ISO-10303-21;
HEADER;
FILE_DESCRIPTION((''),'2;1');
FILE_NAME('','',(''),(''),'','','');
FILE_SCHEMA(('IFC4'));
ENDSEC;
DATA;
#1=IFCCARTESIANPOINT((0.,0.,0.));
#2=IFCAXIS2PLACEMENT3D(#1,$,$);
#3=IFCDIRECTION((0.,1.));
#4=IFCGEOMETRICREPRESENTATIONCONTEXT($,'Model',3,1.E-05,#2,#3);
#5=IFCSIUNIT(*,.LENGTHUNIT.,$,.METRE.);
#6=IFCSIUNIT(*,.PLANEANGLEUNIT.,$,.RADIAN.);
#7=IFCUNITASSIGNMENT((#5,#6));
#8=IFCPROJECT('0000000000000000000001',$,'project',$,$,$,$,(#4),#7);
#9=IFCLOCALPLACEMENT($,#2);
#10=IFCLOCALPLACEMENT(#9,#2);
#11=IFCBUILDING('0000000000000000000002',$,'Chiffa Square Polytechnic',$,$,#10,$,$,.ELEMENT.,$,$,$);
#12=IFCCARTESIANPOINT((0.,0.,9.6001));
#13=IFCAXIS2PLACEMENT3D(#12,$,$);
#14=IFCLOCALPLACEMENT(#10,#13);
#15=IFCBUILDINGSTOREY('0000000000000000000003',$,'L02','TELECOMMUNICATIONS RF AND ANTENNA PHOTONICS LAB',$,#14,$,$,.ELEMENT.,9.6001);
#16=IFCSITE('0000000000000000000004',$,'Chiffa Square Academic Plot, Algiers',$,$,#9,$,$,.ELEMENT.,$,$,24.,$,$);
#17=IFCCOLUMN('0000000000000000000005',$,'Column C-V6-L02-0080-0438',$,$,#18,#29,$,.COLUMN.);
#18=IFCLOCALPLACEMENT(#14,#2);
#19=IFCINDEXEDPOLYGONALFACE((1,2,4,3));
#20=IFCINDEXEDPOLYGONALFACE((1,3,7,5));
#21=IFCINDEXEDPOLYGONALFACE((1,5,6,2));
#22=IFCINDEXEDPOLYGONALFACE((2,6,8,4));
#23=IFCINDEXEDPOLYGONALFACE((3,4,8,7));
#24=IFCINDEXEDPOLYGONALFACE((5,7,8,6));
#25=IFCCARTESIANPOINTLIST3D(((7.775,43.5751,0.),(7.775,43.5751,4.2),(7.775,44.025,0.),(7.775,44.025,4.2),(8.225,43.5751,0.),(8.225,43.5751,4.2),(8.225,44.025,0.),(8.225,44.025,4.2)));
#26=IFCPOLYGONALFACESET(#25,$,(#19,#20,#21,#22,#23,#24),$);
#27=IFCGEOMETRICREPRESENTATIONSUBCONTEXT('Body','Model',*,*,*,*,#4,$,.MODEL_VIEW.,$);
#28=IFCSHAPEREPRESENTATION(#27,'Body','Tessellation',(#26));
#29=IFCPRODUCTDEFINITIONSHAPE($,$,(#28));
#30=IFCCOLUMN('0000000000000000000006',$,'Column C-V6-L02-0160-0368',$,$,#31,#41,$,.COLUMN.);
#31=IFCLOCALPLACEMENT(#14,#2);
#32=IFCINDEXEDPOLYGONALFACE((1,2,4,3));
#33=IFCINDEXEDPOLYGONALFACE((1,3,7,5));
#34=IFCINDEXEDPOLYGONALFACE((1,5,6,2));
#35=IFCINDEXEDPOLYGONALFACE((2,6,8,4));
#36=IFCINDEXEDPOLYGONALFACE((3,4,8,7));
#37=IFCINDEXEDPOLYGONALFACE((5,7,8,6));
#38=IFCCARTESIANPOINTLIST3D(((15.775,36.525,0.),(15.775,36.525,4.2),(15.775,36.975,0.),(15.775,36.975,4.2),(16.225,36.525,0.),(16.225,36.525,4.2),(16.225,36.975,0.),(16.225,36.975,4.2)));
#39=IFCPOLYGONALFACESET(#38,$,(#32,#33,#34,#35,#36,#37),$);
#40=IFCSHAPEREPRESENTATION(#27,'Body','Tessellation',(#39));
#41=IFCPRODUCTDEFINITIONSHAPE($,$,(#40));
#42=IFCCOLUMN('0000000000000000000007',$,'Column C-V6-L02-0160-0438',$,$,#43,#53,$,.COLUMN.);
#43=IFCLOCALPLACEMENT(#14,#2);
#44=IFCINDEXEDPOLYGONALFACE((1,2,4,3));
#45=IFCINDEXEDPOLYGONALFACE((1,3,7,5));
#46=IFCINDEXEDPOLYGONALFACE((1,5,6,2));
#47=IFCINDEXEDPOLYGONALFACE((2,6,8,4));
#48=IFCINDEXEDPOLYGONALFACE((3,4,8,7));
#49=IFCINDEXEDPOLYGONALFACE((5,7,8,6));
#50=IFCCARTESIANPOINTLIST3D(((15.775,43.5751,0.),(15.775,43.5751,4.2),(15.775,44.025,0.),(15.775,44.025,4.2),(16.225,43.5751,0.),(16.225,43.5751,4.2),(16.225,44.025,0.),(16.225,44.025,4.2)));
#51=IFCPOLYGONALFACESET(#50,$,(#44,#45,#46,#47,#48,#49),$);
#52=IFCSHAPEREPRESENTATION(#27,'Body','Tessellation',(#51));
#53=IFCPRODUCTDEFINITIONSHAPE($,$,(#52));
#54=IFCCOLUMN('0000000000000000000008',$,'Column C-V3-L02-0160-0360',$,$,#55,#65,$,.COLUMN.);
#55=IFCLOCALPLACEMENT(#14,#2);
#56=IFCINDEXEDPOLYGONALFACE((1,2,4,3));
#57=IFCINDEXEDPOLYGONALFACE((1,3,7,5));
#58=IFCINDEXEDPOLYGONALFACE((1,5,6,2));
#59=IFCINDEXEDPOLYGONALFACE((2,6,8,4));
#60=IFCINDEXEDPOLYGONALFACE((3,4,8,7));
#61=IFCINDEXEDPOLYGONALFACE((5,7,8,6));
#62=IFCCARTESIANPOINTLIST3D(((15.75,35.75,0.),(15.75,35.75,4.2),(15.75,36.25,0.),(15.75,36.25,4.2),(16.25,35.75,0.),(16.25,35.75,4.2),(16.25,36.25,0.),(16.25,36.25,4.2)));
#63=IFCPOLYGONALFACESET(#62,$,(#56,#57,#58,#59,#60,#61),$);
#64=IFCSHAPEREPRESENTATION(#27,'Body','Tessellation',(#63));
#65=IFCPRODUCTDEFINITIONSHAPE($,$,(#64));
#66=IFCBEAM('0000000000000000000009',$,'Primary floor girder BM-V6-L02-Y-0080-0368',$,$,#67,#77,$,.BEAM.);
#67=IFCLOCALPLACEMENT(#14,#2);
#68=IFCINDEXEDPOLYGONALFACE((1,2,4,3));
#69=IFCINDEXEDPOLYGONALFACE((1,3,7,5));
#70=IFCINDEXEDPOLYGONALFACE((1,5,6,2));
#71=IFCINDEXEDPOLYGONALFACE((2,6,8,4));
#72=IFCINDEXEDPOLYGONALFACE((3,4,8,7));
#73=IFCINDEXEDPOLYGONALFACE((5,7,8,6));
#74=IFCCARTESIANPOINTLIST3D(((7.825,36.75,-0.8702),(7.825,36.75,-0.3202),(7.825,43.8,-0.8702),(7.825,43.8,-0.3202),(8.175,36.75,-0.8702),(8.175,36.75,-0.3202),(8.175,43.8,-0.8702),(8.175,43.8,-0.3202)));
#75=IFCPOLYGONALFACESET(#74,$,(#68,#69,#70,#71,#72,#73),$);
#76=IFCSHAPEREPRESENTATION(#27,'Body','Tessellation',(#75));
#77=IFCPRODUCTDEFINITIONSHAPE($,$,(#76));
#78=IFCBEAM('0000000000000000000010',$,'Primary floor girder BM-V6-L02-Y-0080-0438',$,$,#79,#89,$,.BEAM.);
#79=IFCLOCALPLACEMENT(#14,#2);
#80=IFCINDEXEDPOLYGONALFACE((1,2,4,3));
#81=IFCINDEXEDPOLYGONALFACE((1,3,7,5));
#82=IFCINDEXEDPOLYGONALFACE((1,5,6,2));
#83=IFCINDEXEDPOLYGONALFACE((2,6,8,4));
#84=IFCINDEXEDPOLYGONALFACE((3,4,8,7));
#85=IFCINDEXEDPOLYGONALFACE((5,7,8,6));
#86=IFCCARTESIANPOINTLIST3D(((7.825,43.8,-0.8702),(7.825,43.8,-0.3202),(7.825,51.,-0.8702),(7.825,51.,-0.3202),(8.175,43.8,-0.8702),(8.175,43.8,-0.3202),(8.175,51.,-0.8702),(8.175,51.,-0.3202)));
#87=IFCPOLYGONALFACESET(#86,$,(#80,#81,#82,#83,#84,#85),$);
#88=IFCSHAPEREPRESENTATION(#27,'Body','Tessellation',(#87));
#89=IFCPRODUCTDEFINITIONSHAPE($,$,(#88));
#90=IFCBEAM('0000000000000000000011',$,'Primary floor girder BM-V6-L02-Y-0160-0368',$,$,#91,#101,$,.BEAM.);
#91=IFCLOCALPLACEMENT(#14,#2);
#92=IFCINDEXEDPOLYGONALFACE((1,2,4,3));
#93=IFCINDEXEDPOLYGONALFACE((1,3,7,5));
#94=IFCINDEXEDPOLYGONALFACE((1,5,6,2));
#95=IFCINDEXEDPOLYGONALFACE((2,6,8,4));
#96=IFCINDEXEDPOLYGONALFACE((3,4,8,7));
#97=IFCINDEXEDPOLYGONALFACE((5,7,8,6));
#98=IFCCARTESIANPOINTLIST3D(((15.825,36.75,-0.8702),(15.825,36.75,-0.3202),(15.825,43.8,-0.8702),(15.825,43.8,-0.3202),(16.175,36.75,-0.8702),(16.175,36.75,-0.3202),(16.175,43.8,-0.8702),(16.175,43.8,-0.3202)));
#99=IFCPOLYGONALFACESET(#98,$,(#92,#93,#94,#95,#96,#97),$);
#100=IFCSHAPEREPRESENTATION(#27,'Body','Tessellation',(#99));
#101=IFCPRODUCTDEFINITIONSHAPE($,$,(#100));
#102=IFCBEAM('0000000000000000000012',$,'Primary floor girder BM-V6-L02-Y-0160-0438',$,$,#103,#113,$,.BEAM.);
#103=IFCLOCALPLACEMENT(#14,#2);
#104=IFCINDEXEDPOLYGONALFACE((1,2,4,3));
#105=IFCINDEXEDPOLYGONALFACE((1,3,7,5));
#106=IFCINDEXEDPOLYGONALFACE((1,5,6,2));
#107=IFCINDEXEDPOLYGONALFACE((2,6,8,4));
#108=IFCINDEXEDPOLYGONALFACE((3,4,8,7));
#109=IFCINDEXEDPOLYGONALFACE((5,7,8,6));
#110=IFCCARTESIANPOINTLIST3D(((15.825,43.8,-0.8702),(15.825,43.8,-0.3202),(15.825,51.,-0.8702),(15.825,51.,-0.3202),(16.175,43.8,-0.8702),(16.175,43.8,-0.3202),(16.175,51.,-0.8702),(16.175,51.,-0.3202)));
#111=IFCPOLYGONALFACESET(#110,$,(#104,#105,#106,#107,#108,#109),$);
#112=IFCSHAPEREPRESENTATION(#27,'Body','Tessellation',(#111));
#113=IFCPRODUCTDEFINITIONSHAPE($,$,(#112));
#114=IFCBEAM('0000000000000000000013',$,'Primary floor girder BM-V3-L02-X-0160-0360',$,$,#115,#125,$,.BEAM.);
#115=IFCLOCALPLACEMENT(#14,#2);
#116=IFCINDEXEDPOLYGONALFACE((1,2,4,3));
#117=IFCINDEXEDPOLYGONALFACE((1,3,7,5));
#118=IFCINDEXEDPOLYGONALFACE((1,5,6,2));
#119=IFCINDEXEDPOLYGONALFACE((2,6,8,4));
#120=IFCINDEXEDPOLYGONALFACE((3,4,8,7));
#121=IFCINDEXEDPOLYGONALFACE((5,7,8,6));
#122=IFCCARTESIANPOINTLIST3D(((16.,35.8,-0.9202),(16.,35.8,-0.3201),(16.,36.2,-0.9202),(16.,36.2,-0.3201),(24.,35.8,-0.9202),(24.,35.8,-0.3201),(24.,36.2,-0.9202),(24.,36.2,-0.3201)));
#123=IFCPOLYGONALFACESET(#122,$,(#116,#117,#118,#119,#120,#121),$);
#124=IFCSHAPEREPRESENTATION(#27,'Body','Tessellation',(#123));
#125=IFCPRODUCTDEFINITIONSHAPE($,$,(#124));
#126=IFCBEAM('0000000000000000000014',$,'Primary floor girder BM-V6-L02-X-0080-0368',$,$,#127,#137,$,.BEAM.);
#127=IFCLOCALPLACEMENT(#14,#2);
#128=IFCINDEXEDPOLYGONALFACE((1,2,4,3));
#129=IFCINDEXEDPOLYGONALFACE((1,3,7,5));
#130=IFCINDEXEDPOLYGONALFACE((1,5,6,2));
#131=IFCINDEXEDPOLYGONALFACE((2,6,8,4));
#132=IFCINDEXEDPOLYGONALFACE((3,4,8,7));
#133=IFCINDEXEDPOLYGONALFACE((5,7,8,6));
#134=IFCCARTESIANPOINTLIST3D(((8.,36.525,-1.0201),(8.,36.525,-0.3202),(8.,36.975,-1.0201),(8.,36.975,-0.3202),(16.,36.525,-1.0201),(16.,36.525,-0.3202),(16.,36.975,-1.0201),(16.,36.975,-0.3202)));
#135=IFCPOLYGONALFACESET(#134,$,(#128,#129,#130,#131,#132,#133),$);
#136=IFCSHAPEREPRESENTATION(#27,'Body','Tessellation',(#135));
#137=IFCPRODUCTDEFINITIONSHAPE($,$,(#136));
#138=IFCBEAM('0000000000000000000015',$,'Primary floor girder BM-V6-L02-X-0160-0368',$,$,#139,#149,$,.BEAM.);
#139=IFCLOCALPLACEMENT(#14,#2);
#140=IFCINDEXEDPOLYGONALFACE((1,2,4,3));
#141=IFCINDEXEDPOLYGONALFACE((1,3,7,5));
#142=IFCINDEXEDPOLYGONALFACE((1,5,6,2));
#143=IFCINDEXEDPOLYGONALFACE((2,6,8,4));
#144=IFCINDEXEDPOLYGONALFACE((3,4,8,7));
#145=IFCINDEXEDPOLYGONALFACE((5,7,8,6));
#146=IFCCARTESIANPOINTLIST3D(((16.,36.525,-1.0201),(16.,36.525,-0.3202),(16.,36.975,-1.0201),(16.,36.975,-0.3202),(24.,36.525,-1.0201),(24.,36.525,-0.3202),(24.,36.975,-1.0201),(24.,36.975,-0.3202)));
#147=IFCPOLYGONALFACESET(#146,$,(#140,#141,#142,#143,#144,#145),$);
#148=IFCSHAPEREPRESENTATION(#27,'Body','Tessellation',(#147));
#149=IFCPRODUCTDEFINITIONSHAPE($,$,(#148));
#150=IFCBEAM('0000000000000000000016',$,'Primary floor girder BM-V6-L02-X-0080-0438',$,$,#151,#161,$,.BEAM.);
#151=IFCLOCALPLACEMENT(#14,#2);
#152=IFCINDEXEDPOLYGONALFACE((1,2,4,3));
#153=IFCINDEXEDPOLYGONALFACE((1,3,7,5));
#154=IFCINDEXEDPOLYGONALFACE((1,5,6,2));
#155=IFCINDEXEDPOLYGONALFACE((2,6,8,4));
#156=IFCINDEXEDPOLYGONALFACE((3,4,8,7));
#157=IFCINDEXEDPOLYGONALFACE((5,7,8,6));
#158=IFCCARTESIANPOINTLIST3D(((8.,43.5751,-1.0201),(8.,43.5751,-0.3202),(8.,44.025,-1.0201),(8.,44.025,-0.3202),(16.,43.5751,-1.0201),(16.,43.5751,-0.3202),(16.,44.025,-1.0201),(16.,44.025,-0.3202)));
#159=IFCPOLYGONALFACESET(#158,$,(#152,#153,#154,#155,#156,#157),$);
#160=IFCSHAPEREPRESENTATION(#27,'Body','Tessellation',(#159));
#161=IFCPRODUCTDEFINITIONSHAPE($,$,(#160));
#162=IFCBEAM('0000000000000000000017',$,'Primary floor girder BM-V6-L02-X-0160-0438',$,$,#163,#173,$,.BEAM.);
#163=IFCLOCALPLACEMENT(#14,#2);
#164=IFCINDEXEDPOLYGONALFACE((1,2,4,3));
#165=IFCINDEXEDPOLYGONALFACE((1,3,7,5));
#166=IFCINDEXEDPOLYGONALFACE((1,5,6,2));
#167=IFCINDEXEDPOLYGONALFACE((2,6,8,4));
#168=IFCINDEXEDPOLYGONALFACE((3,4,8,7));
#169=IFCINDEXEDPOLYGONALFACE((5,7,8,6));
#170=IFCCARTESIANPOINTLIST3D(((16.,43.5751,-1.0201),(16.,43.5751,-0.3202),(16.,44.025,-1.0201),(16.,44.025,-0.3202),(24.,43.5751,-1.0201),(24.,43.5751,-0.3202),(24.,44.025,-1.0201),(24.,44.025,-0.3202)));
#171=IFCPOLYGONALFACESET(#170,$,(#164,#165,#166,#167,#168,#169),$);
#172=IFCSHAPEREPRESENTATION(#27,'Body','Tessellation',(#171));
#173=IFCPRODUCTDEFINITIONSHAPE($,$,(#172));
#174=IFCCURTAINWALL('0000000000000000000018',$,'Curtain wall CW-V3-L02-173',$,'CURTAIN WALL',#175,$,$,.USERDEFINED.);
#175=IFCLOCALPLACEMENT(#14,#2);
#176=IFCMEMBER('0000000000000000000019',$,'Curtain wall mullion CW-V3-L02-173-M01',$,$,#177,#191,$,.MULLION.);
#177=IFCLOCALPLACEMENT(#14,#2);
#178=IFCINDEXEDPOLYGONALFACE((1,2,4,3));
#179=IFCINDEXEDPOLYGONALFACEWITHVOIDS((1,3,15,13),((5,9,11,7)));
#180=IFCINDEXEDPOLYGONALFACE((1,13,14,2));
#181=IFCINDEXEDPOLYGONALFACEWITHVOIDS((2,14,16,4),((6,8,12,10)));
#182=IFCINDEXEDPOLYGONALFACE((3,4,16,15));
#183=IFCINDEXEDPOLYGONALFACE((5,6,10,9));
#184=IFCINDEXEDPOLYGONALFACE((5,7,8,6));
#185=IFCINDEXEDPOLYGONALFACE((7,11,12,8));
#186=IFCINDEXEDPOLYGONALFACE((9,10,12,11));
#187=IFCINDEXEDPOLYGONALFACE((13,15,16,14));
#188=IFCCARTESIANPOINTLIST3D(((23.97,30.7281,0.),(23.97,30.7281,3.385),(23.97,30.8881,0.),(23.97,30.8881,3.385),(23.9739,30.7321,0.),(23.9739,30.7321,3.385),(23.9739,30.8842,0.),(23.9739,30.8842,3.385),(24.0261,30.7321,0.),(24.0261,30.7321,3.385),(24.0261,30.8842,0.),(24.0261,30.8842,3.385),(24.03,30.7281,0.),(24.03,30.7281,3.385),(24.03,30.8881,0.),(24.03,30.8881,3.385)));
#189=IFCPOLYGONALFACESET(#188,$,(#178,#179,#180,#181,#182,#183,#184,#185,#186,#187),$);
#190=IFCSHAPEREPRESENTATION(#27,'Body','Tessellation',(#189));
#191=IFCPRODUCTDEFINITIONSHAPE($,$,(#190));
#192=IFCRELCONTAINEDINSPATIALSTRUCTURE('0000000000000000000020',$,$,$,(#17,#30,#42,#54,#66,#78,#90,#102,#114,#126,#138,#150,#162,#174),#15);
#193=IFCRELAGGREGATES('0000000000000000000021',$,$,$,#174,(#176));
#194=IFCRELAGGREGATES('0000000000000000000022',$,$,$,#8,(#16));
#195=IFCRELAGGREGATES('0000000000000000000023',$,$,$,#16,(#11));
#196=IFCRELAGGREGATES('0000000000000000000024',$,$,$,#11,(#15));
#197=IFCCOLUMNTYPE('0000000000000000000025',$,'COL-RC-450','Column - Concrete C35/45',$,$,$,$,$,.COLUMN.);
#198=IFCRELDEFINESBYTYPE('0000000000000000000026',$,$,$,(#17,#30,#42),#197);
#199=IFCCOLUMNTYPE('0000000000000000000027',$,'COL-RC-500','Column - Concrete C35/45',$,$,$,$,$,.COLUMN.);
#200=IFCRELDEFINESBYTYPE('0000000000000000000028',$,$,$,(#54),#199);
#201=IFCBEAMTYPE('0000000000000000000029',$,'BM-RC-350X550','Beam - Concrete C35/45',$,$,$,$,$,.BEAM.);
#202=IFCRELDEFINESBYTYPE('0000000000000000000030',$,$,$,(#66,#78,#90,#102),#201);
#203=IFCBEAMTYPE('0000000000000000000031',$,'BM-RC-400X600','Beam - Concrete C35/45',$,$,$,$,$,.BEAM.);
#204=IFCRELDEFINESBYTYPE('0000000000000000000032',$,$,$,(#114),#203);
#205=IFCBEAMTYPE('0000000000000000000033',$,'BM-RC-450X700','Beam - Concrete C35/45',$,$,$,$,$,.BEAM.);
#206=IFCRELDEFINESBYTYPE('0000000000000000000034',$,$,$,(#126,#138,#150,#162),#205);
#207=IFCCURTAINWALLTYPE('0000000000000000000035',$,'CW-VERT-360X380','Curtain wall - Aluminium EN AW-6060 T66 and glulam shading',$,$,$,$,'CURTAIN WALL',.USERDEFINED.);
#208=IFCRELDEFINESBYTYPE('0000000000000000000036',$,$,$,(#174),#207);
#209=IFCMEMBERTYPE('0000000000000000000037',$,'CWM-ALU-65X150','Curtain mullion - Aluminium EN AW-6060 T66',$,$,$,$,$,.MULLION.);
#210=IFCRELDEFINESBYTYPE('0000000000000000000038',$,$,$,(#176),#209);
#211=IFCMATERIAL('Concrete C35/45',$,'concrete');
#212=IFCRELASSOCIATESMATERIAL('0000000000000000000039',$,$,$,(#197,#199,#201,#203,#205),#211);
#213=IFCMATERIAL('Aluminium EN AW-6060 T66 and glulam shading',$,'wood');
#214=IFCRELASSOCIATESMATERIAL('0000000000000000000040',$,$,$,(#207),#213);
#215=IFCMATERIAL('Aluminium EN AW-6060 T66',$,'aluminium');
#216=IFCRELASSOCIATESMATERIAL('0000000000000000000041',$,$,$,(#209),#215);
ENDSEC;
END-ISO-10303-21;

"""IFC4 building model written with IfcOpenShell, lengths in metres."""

from ifc_helpers import new_model, si_unit, direction, frame, origin, origin_2d, place, context, subcontext, project, spatial, rectangle, hollow_rectangle, extrude, material, material_profile, profile_set, type_object, element, aggregate, save


model = new_model("IFC4")

# Units and contexts
model_context = context("Model", 3, precision=1e-05, world=origin(), true_north=direction((0.0, 1.0)))
body_context = subcontext(model_context, "Body", "Model", "MODEL_VIEW")
ifc_project = project(units=[si_unit("LENGTHUNIT", "METRE"), si_unit("PLANEANGLEUNIT", "RADIAN")], contexts=[model_context])

# Site, building, storey
site_placement = place(None, origin())
site = spatial("IfcSite", under=ifc_project, at=site_placement, Name="Chiffa Square Academic Plot, Algiers", CompositionType="ELEMENT", RefElevation=24.0)
building_placement = place(site_placement, origin())
building = spatial("IfcBuilding", under=site, at=building_placement, Name="Chiffa Square Polytechnic", CompositionType="ELEMENT")
storey_placement = place(building_placement, frame((0.0, 0.0, 9.6001)))
storey = spatial("IfcBuildingStorey", under=building, at=storey_placement, Name="L02", Description="TELECOMMUNICATIONS RF AND ANTENNA PHOTONICS LAB", CompositionType="ELEMENT", Elevation=9.6001)

# Columns
ifc_material_1 = material(Name="Concrete C35/45", Category="concrete")
ifc_material_profile_1 = material_profile(ifc_material_1, rectangle(XDim=0.45, YDim=0.45, at=origin_2d()), Name="RC 450x450")
ifc_profile_set_1 = profile_set([ifc_material_profile_1], Name="Concrete C35/45")
column_type_1 = type_object("IfcColumnType", Name="COL-RC-450", Description="Column - Concrete C35/45", PredefinedType="COLUMN", material=ifc_profile_set_1)
for number, where, z_axis, x_axis, name in (
    (1, (8.0, 43.8, 0.0), (0.0, 0.0, 1.0), (1.0, 0.0, 0.0), "Column C-V6-L02-0080-0438"),
    (2, (16.0, 36.75, 0.0), (0.0, 0.0, 1.0), (1.0, 0.0, 0.0), "Column C-V6-L02-0160-0368"),
    (3, (16.0, 43.8, 0.0), (0.0, 0.0, 1.0), (1.0, 0.0, 0.0), "Column C-V6-L02-0160-0438"),
):
    element("IfcColumn", number, at=place(storey_placement, frame(where, z_axis=z_axis, x_axis=x_axis)), inside=storey, type_object=column_type_1, Name=name, PredefinedType="COLUMN", context=body_context, shape_type="SweptSolid", body=[
        extrude(rectangle(XDim=0.45, YDim=0.45, at=origin_2d()), origin(), (0.0, 0.0, 1.0), 4.2),
    ])
ifc_material_profile_2 = material_profile(ifc_material_1, rectangle(XDim=0.5, YDim=0.5, at=origin_2d()), Name="RC 500x500")
ifc_profile_set_2 = profile_set([ifc_material_profile_2], Name="Concrete C35/45")
column_type_2 = type_object("IfcColumnType", Name="COL-RC-500", Description="Column - Concrete C35/45", PredefinedType="COLUMN", material=ifc_profile_set_2)
column_placement = place(storey_placement, frame((16.0, 36.0, 0.0), z_axis=(0.0, 0.0, 1.0), x_axis=(1.0, 0.0, 0.0)))
element("IfcColumn", 4, at=column_placement, inside=storey, type_object=column_type_2, Name="Column C-V3-L02-0160-0360", PredefinedType="COLUMN", context=body_context, shape_type="SweptSolid", body=[
    extrude(rectangle(XDim=0.5, YDim=0.5, at=origin_2d()), origin(), (0.0, 0.0, 1.0), 4.2),
])

# Beams
ifc_material_profile_3 = material_profile(ifc_material_1, rectangle(XDim=0.3501, YDim=0.55, at=origin_2d()), Name="RC 350x550")
ifc_profile_set_3 = profile_set([ifc_material_profile_3], Name="Concrete C35/45")
beam_type_1 = type_object("IfcBeamType", Name="BM-RC-350X550", Description="Beam - Concrete C35/45", PredefinedType="BEAM", material=ifc_profile_set_3)
beam_1_placement = place(storey_placement, frame((8.0, 36.75, -0.5952), z_axis=(0.0, 1.0, 0.0), x_axis=(-1.0, 0.0, 0.0)))
element("IfcBeam", 5, at=beam_1_placement, inside=storey, type_object=beam_type_1, Name="Primary floor girder BM-V6-L02-Y-0080-0368", PredefinedType="BEAM", context=body_context, shape_type="SweptSolid", body=[
    extrude(rectangle(XDim=0.3501, YDim=0.55, at=origin_2d()), origin(), (0.0, 0.0, 1.0), 7.05),
])
beam_2_placement = place(storey_placement, frame((8.0, 43.8, -0.5952), z_axis=(0.0, 1.0, 0.0), x_axis=(-1.0, 0.0, 0.0)))
element("IfcBeam", 6, at=beam_2_placement, inside=storey, type_object=beam_type_1, Name="Primary floor girder BM-V6-L02-Y-0080-0438", PredefinedType="BEAM", context=body_context, shape_type="SweptSolid", body=[
    extrude(rectangle(XDim=0.3501, YDim=0.55, at=origin_2d()), origin(), (0.0, 0.0, 1.0), 7.2),
])
beam_3_placement = place(storey_placement, frame((16.0, 36.75, -0.5952), z_axis=(0.0, 1.0, 0.0), x_axis=(-1.0, 0.0, 0.0)))
element("IfcBeam", 7, at=beam_3_placement, inside=storey, type_object=beam_type_1, Name="Primary floor girder BM-V6-L02-Y-0160-0368", PredefinedType="BEAM", context=body_context, shape_type="SweptSolid", body=[
    extrude(rectangle(XDim=0.3501, YDim=0.55, at=origin_2d()), origin(), (0.0, 0.0, 1.0), 7.05),
])
beam_4_placement = place(storey_placement, frame((16.0, 43.8, -0.5952), z_axis=(0.0, 1.0, 0.0), x_axis=(-1.0, 0.0, 0.0)))
element("IfcBeam", 8, at=beam_4_placement, inside=storey, type_object=beam_type_1, Name="Primary floor girder BM-V6-L02-Y-0160-0438", PredefinedType="BEAM", context=body_context, shape_type="SweptSolid", body=[
    extrude(rectangle(XDim=0.3501, YDim=0.55, at=origin_2d()), origin(), (0.0, 0.0, 1.0), 7.2),
])
ifc_material_profile_4 = material_profile(ifc_material_1, rectangle(XDim=0.3999, YDim=0.6001, at=origin_2d()), Name="RC 400x600")
ifc_profile_set_4 = profile_set([ifc_material_profile_4], Name="Concrete C35/45")
beam_type_2 = type_object("IfcBeamType", Name="BM-RC-400X600", Description="Beam - Concrete C35/45", PredefinedType="BEAM", material=ifc_profile_set_4)
beam_5_placement = place(storey_placement, frame((16.0, 36.0, -0.6201), z_axis=(1.0, 0.0, 0.0), x_axis=(0.0, 1.0, 0.0)))
element("IfcBeam", 9, at=beam_5_placement, inside=storey, type_object=beam_type_2, Name="Primary floor girder BM-V3-L02-X-0160-0360", PredefinedType="BEAM", context=body_context, shape_type="SweptSolid", body=[
    extrude(rectangle(XDim=0.3999, YDim=0.6001, at=origin_2d()), origin(), (0.0, 0.0, 1.0), 8.0),
])
ifc_material_profile_5 = material_profile(ifc_material_1, rectangle(XDim=0.45, YDim=0.7, at=origin_2d()), Name="RC 450x700")
ifc_profile_set_5 = profile_set([ifc_material_profile_5], Name="Concrete C35/45")
beam_type_3 = type_object("IfcBeamType", Name="BM-RC-450X700", Description="Beam - Concrete C35/45", PredefinedType="BEAM", material=ifc_profile_set_5)
for number, where, z_axis, x_axis, name in (
    (10, (8.0, 36.75, -0.6702), (1.0, 0.0, 0.0), (0.0, 1.0, 0.0), "Primary floor girder BM-V6-L02-X-0080-0368"),
    (11, (16.0, 36.75, -0.6702), (1.0, 0.0, 0.0), (0.0, 1.0, 0.0), "Primary floor girder BM-V6-L02-X-0160-0368"),
    (12, (8.0, 43.8, -0.6702), (1.0, 0.0, 0.0), (0.0, 1.0, 0.0), "Primary floor girder BM-V6-L02-X-0080-0438"),
    (13, (16.0, 43.8, -0.6702), (1.0, 0.0, 0.0), (0.0, 1.0, 0.0), "Primary floor girder BM-V6-L02-X-0160-0438"),
):
    element("IfcBeam", number, at=place(storey_placement, frame(where, z_axis=z_axis, x_axis=x_axis)), inside=storey, type_object=beam_type_3, Name=name, PredefinedType="BEAM", context=body_context, shape_type="SweptSolid", body=[
        extrude(rectangle(XDim=0.45, YDim=0.7, at=origin_2d()), origin(), (0.0, 0.0, 1.0), 8.0),
    ])

# Curtain wall, member
ifc_material_2 = material(Name="Aluminium EN AW-6060 T66 and glulam shading", Category="wood")
curtain_wall_type = type_object("IfcCurtainWallType", Name="CW-VERT-360X380", Description="Curtain wall - Aluminium EN AW-6060 T66 and glulam shading", ElementType="CURTAIN WALL", PredefinedType="USERDEFINED", material=ifc_material_2)
curtain_wall_placement = place(storey_placement, origin())
curtain_wall = element("IfcCurtainWall", 14, at=curtain_wall_placement, inside=storey, type_object=curtain_wall_type, Name="Curtain wall CW-V3-L02-173", ObjectType="CURTAIN WALL", PredefinedType="USERDEFINED")
ifc_material_3 = material(Name="Aluminium EN AW-6060 T66", Category="aluminium")
ifc_material_profile_6 = material_profile(ifc_material_3, hollow_rectangle(XDim=0.0601, YDim=0.1599, WallThickness=0.0039, at=origin_2d()), Name="ALU 60x160x4")
ifc_profile_set_6 = profile_set([ifc_material_profile_6], Name="Aluminium EN AW-6060 T66")
member_type = type_object("IfcMemberType", Name="CWM-ALU-65X150", Description="Curtain mullion - Aluminium EN AW-6060 T66", PredefinedType="MULLION", material=ifc_profile_set_6)
member_placement = place(storey_placement, frame((24.0, 30.8081, 0.0), z_axis=(0.0, 0.0, 1.0), x_axis=(1.0, 0.0, 0.0)))
member = element("IfcMember", 15, at=member_placement, type_object=member_type, Name="Curtain wall mullion CW-V3-L02-173-M01", PredefinedType="MULLION", context=body_context, shape_type="SweptSolid", body=[
    extrude(hollow_rectangle(XDim=0.0601, YDim=0.1599, WallThickness=0.0039, at=origin_2d()), origin(), (0.0, 0.0, 1.0), 3.385),
])

aggregate(curtain_wall, [member])

save(model, "model.ifc")
